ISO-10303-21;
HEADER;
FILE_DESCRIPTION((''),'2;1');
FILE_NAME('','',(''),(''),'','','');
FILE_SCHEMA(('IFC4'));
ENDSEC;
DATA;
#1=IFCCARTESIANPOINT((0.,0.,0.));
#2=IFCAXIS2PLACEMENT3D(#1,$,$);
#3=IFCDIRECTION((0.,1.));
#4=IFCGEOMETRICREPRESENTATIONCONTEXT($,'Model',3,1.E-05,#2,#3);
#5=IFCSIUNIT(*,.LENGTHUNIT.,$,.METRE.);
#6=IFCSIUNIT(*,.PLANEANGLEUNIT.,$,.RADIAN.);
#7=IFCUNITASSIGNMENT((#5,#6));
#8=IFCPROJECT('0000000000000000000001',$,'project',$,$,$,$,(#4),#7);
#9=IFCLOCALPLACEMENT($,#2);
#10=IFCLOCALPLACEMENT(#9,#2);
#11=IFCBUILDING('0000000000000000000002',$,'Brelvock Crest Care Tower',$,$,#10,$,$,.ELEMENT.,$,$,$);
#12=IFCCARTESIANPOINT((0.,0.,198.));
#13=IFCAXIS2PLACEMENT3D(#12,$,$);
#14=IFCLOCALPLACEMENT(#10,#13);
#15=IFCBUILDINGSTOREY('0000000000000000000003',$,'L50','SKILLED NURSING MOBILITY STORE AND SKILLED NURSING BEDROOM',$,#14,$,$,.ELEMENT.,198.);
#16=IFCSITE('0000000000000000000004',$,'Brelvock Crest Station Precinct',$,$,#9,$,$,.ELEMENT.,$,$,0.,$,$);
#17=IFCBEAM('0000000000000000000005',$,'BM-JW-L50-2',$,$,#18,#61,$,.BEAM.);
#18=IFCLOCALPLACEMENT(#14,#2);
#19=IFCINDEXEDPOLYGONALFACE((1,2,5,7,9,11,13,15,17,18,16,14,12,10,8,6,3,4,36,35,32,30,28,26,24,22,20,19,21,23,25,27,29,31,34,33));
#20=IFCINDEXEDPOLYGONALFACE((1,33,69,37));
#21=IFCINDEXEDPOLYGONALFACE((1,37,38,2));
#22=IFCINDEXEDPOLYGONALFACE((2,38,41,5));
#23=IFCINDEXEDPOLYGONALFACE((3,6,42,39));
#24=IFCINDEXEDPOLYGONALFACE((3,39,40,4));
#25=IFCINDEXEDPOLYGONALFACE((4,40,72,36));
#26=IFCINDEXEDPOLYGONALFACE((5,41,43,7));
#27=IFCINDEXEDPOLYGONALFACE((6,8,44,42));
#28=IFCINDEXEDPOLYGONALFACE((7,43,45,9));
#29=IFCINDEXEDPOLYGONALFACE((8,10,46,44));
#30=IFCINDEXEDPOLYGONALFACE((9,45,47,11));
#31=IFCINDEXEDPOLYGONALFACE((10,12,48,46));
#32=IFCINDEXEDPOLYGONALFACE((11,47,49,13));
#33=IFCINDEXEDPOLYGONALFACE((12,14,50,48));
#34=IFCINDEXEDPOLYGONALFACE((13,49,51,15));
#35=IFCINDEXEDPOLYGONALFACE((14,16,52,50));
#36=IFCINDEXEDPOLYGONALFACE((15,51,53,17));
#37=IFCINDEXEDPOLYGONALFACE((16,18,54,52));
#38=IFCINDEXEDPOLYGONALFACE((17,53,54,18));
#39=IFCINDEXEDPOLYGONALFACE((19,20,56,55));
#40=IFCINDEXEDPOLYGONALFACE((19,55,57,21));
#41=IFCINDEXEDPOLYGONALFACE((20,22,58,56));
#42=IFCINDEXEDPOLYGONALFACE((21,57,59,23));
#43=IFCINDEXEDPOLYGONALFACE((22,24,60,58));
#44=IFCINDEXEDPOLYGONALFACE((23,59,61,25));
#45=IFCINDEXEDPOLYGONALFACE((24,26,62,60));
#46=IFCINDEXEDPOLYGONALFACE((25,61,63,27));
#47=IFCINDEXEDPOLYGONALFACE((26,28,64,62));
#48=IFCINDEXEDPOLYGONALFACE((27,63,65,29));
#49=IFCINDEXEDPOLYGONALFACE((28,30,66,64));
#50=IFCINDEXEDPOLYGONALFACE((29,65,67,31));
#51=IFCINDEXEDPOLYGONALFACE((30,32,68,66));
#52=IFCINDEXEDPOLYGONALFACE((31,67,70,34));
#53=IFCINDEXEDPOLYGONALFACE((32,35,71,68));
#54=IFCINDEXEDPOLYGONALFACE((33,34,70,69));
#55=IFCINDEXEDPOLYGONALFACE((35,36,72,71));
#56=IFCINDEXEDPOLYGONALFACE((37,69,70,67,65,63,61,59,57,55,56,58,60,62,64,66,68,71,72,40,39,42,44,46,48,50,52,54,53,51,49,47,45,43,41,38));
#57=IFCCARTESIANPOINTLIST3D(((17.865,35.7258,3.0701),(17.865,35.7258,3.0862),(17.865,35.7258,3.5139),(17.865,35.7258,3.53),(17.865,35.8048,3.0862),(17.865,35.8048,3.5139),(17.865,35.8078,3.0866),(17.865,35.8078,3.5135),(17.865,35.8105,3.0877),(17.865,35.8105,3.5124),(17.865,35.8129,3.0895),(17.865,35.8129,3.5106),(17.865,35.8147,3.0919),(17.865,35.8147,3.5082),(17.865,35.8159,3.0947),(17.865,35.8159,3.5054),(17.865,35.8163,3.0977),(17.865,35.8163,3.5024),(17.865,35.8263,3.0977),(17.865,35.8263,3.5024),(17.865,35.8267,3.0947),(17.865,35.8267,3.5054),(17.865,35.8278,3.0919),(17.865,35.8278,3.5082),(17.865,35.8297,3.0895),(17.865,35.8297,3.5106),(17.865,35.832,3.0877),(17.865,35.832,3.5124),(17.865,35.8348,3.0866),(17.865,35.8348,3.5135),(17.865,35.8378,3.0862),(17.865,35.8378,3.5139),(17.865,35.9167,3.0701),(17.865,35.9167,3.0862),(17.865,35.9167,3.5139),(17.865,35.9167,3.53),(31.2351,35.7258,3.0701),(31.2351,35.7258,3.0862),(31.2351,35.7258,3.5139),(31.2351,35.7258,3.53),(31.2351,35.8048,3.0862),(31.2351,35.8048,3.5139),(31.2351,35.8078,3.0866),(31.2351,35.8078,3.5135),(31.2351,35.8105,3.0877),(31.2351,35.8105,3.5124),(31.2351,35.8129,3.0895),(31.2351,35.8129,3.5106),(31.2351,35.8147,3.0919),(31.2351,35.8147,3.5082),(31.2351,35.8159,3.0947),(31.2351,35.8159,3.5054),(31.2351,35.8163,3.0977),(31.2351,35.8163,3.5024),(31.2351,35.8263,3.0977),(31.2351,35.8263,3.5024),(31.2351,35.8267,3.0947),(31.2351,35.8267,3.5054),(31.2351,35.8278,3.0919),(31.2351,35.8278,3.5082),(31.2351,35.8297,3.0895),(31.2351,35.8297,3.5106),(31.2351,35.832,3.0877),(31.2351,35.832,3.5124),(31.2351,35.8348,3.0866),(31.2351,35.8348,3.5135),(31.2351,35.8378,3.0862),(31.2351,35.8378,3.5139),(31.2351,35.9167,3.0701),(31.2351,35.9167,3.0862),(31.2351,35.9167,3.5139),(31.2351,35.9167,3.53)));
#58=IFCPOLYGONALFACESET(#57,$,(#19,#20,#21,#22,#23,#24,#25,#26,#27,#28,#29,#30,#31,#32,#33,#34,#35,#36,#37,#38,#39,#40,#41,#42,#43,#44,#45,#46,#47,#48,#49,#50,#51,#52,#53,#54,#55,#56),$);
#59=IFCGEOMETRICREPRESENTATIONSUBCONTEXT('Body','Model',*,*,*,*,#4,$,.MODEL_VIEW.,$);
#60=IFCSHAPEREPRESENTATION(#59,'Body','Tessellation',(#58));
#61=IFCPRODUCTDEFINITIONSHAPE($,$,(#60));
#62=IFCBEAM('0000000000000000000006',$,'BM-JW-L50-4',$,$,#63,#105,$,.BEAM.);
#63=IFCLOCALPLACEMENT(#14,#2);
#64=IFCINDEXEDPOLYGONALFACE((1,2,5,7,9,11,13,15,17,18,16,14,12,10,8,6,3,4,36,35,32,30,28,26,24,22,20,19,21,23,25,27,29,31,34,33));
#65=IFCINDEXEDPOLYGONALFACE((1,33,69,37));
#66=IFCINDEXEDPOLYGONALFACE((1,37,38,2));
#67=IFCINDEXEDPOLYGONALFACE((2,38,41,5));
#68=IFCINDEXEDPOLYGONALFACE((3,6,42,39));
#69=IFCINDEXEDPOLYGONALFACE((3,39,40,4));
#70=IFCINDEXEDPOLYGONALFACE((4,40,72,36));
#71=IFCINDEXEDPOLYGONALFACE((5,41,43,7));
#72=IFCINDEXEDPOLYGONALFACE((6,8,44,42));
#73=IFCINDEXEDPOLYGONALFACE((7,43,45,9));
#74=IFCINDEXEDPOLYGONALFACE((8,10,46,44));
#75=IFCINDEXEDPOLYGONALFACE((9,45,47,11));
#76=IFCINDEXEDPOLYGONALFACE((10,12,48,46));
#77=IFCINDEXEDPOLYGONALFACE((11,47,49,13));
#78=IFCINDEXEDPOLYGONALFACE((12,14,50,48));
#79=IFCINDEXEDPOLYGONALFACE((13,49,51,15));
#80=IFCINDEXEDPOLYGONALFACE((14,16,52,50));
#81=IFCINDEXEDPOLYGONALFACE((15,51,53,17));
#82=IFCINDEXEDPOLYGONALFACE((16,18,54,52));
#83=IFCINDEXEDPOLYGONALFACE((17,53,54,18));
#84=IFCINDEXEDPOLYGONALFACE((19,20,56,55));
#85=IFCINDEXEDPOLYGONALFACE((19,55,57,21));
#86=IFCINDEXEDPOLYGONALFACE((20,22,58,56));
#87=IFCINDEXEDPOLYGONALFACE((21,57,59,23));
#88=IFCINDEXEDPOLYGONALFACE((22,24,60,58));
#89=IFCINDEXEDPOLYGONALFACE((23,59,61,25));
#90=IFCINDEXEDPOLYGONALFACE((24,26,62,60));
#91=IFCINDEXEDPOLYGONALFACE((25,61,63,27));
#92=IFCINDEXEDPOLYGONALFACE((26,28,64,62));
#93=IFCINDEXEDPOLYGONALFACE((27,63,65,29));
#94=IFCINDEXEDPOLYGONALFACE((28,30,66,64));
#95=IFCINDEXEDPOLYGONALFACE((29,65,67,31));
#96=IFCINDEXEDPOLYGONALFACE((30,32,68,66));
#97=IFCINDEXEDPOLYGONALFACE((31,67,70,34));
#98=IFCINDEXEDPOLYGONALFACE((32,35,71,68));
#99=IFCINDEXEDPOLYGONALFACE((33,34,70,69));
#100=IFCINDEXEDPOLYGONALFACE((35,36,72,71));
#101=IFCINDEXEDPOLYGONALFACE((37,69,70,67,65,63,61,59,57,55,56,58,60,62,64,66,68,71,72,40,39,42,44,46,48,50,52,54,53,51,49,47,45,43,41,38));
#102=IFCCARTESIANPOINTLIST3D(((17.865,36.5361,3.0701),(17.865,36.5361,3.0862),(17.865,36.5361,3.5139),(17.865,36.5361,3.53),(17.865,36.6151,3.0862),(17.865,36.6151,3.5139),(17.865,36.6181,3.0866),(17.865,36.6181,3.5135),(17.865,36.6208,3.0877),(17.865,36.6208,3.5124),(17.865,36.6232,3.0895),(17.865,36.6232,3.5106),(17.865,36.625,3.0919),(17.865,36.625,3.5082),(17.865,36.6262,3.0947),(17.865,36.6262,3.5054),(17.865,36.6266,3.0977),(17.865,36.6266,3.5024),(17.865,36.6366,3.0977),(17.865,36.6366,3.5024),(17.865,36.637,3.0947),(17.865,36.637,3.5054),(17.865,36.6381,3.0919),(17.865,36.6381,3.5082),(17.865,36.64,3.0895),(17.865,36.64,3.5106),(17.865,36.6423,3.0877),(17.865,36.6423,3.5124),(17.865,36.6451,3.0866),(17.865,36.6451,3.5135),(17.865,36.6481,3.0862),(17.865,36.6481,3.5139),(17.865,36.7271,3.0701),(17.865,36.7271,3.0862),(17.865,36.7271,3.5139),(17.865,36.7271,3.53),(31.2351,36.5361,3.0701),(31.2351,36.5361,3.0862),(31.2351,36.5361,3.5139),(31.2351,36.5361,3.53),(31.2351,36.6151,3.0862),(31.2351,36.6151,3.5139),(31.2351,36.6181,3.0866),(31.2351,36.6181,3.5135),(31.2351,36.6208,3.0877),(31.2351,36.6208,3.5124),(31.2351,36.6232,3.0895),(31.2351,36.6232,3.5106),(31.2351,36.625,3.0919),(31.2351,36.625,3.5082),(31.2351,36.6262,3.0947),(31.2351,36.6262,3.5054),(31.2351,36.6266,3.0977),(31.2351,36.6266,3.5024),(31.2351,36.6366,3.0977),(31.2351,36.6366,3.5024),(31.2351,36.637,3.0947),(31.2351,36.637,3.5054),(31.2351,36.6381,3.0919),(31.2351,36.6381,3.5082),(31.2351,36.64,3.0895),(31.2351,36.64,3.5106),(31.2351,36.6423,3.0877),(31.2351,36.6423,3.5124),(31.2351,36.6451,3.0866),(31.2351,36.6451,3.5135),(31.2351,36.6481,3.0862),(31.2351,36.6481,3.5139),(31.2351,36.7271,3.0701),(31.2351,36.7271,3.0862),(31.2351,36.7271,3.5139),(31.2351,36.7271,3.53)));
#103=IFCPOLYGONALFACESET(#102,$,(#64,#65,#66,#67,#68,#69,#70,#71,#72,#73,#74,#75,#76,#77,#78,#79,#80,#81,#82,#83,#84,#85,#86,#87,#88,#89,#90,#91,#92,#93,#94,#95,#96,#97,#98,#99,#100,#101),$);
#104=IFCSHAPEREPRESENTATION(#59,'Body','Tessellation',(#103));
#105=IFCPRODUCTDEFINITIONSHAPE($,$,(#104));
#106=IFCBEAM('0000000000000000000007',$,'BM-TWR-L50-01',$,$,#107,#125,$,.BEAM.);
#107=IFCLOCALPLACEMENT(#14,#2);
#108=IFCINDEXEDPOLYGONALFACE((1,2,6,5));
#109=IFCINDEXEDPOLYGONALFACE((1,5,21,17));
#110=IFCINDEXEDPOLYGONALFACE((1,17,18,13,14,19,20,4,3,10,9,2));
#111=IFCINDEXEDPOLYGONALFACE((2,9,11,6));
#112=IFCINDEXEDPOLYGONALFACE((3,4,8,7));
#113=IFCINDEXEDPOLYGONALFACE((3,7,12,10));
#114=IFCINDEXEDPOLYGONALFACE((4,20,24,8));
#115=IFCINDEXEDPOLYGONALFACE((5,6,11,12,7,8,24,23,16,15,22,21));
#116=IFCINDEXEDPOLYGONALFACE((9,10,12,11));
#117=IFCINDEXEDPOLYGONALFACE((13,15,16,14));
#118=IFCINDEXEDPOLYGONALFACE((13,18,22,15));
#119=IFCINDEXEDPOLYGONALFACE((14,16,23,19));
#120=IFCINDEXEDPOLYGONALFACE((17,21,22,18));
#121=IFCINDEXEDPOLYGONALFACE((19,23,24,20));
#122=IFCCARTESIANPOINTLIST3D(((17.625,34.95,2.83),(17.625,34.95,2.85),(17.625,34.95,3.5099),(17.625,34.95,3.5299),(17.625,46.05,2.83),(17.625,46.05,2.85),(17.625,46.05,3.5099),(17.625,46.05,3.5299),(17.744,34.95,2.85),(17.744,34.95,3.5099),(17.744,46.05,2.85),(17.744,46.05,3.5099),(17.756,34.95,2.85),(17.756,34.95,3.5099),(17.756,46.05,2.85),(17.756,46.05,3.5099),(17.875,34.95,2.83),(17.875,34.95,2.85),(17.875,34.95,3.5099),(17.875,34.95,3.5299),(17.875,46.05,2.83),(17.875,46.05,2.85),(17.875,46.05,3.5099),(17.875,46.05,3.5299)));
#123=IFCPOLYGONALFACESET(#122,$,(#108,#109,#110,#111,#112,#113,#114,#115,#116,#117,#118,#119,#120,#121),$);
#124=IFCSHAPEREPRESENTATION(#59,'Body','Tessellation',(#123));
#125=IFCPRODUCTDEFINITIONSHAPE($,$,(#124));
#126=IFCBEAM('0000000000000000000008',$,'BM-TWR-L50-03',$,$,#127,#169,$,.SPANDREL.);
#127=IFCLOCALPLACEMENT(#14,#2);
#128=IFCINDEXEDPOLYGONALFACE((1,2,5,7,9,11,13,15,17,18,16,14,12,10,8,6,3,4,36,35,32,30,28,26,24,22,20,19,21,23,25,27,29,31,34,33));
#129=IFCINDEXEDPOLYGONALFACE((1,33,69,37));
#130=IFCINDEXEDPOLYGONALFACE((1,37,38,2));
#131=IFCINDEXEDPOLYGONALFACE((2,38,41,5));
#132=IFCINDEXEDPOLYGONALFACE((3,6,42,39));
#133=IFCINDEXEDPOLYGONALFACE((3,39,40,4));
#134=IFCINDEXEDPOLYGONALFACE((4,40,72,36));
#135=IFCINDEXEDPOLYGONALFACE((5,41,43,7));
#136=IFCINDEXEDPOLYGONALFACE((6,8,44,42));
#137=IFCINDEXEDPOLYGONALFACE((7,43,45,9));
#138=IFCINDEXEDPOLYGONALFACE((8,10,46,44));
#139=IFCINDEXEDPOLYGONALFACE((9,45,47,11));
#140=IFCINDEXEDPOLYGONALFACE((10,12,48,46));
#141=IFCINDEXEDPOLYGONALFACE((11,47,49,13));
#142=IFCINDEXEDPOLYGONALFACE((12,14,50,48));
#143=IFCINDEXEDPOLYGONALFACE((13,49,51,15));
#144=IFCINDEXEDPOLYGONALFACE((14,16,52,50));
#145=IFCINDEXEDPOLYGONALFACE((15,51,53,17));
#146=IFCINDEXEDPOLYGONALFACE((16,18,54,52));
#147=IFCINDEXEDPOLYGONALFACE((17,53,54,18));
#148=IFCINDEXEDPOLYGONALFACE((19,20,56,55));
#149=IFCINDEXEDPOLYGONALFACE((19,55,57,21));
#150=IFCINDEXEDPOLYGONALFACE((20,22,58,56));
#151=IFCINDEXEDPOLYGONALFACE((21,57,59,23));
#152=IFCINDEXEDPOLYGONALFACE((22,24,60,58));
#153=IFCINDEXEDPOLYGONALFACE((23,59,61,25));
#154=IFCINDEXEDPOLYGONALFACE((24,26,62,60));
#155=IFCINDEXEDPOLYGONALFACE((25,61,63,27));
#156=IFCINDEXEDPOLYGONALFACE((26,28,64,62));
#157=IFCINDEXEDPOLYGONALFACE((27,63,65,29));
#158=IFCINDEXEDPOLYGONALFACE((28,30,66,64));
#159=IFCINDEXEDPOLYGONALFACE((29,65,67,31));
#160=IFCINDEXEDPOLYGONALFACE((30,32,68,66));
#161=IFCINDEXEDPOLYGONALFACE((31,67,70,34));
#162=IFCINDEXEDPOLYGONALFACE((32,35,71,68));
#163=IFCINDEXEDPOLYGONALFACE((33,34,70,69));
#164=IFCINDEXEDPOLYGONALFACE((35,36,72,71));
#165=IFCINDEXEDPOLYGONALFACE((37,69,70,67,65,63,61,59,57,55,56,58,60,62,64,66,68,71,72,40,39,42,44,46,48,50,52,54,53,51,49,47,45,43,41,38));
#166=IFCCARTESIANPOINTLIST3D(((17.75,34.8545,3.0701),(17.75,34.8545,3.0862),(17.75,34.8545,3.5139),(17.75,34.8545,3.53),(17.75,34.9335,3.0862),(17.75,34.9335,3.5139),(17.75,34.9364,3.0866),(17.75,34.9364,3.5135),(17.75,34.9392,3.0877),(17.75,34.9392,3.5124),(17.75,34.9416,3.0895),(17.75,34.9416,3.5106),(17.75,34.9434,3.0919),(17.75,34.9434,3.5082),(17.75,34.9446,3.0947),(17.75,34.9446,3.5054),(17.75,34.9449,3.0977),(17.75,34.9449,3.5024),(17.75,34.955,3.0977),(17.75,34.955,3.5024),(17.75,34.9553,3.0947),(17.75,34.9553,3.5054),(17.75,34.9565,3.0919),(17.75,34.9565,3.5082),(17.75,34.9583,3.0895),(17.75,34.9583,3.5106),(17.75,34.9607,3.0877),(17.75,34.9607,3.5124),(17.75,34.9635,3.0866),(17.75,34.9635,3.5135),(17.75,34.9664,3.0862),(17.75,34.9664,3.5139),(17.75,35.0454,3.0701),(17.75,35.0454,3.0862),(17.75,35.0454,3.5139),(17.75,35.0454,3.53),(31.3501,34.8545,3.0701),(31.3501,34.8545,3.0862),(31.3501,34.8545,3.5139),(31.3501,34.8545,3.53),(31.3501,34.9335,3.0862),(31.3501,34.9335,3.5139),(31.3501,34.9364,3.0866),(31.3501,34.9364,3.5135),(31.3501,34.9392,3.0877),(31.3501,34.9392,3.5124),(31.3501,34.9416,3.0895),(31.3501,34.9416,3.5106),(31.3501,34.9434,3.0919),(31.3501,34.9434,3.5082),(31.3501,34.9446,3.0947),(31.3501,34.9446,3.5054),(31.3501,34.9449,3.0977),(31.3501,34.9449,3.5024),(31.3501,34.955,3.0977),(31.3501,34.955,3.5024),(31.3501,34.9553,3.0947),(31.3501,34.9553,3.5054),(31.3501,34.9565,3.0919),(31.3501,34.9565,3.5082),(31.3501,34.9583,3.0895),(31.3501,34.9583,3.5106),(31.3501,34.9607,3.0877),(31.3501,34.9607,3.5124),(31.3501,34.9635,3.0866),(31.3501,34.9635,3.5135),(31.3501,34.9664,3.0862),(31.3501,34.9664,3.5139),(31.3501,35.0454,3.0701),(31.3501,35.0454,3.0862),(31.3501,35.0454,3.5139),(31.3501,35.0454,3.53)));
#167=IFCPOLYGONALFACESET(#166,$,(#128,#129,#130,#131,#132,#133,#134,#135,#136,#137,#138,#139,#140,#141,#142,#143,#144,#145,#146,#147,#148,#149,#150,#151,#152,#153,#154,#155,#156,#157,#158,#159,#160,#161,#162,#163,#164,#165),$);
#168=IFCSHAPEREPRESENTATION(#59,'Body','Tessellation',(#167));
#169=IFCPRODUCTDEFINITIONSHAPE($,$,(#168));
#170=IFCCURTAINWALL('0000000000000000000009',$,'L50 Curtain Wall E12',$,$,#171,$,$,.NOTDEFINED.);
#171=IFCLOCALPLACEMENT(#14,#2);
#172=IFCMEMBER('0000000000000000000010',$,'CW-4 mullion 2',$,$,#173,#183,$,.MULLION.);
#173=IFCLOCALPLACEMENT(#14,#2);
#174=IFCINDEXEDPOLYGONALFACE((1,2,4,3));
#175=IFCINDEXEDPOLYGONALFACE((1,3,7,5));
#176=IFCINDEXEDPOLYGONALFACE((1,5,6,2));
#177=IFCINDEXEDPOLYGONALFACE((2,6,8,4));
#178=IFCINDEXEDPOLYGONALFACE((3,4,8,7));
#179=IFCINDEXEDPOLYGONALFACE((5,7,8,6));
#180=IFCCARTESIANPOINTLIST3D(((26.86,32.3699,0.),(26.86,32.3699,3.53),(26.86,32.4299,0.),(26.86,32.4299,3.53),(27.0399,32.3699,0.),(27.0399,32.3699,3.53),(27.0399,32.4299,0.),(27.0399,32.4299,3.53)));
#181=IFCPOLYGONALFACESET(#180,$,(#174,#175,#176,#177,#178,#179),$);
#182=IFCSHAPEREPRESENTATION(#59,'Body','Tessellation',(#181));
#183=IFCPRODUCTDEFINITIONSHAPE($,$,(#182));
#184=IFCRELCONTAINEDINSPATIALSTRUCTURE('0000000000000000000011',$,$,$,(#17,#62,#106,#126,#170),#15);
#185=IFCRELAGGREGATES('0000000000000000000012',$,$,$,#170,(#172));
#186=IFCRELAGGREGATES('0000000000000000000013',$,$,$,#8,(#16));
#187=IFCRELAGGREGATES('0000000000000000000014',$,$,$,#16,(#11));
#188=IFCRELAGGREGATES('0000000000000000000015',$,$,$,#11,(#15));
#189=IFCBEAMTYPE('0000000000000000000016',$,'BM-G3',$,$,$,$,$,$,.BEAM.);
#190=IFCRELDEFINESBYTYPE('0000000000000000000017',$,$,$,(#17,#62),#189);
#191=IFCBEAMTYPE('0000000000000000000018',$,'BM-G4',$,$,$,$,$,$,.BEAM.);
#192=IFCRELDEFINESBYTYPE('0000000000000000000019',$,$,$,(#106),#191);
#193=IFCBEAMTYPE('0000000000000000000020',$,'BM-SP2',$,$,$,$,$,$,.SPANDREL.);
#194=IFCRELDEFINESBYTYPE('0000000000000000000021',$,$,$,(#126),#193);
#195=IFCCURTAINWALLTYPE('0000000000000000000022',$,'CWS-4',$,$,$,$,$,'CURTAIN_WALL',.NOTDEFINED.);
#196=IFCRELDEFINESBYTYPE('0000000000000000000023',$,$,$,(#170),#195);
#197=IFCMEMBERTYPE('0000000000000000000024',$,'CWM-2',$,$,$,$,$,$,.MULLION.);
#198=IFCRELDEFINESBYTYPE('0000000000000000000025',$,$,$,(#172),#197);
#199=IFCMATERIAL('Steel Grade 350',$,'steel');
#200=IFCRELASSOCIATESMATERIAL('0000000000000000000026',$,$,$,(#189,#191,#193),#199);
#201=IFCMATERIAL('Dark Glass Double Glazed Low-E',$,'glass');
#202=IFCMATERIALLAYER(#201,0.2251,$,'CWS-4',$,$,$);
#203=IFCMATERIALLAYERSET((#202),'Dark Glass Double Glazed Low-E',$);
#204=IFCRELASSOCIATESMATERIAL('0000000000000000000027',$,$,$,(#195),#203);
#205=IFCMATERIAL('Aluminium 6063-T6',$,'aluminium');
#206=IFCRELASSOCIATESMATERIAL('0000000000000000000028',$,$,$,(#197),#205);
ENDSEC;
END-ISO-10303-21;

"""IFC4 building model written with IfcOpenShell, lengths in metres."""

from ifc_helpers import new_model, si_unit, direction, frame, origin, origin_2d, place, context, subcontext, project, spatial, rectangle, i_section, extrude, source, transform, mapped, material, layer, layer_set, material_profile, profile_set, type_object, element, aggregate, save


model = new_model("IFC4")

# Units and contexts
model_context = context("Model", 3, precision=1e-05, world=origin(), true_north=direction((0.0, 1.0)))
body_context = subcontext(model_context, "Body", "Model", "MODEL_VIEW")
ifc_project = project(units=[si_unit("LENGTHUNIT", "METRE"), si_unit("PLANEANGLEUNIT", "RADIAN")], contexts=[model_context])

# Site, building, storey
site_placement = place(None, origin())
site = spatial("IfcSite", under=ifc_project, at=site_placement, Name="Brelvock Crest Station Precinct", CompositionType="ELEMENT", RefElevation=0.0)
building_placement = place(site_placement, origin())
building = spatial("IfcBuilding", under=site, at=building_placement, Name="Brelvock Crest Care Tower", CompositionType="ELEMENT")
storey_placement = place(building_placement, frame((0.0, 0.0, 198.0)))
storey = spatial("IfcBuildingStorey", under=building, at=storey_placement, Name="L50", Description="SKILLED NURSING MOBILITY STORE AND SKILLED NURSING BEDROOM", CompositionType="ELEMENT", Elevation=198.0)

# Shared definitions
ifc_material_1 = material(Name="Steel Grade 350", Category="steel")

# Beams
ifc_material_profile_1 = material_profile(ifc_material_1, i_section(OverallWidth=0.1909, OverallDepth=0.46, WebThickness=0.01, FlangeThickness=0.0161, FilletRadius=0.0115, at=origin_2d()), Name="460UB82.1")
ifc_profile_set_1 = profile_set([ifc_material_profile_1], Name="Steel Grade 350")
beam_type_1 = type_object("IfcBeamType", Name="BM-G3", PredefinedType="BEAM", material=ifc_profile_set_1)
shared_shape_1 = source(origin(), body_context, "Body", "SweptSolid", [
    extrude(i_section(OverallWidth=0.1909, OverallDepth=0.46, WebThickness=0.01, FlangeThickness=0.0161, FilletRadius=0.0115, at=origin_2d()), origin(), (0.0, 0.0, 1.0), 13.3701),
])
for number, where, z_axis, x_axis, name in (
    (1, (17.865, 35.8213, 3.3), (1.0, 0.0, 0.0), (0.0, 1.0, 0.0), "BM-JW-L50-2"),
    (2, (17.865, 36.6316, 3.3), (1.0, 0.0, 0.0), (0.0, 1.0, 0.0), "BM-JW-L50-4"),
):
    element("IfcBeam", number, at=place(storey_placement, frame(where, z_axis=z_axis, x_axis=x_axis)), inside=storey, type_object=beam_type_1, Name=name, PredefinedType="BEAM", context=body_context, shape_type="MappedRepresentation", body=[
        mapped(shared_shape_1, transform((0.0, 0.0, 0.0), x_axis=(1.0, 0.0, 0.0), y_axis=(0.0, 1.0, 0.0), z_axis=(0.0, 0.0, 1.0), scale=1.0)),
    ])
ifc_material_profile_2 = material_profile(ifc_material_1, i_section(OverallWidth=0.25, OverallDepth=0.7, WebThickness=0.012, FlangeThickness=0.02, at=origin_2d()), Name="700WB150")
ifc_profile_set_2 = profile_set([ifc_material_profile_2], Name="Steel Grade 350")
beam_type_2 = type_object("IfcBeamType", Name="BM-G4", PredefinedType="BEAM", material=ifc_profile_set_2)
shared_shape_2 = source(origin(), body_context, "Body", "SweptSolid", [
    extrude(i_section(OverallWidth=0.25, OverallDepth=0.7, WebThickness=0.012, FlangeThickness=0.02, at=origin_2d()), origin(), (0.0, 0.0, 1.0), 11.1001),
])
beam_1_placement = place(storey_placement, frame((17.75, 34.95, 3.1799), z_axis=(0.0, 1.0, 0.0), x_axis=(-1.0, 0.0, 0.0)))
element("IfcBeam", 3, at=beam_1_placement, inside=storey, type_object=beam_type_2, Name="BM-TWR-L50-01", PredefinedType="BEAM", context=body_context, shape_type="MappedRepresentation", body=[
    mapped(shared_shape_2, transform((0.0, 0.0, 0.0), x_axis=(1.0, 0.0, 0.0), y_axis=(0.0, 1.0, 0.0), z_axis=(0.0, 0.0, 1.0), scale=1.0)),
])
ifc_material_profile_3 = material_profile(ifc_material_1, i_section(OverallWidth=0.1909, OverallDepth=0.46, WebThickness=0.01, FlangeThickness=0.0161, FilletRadius=0.0115, at=origin_2d()), Name="460UB82.1")
ifc_profile_set_3 = profile_set([ifc_material_profile_3], Name="Steel Grade 350")
beam_type_3 = type_object("IfcBeamType", Name="BM-SP2", PredefinedType="SPANDREL", material=ifc_profile_set_3)
shared_shape_3 = source(origin(), body_context, "Body", "SweptSolid", [
    extrude(i_section(OverallWidth=0.1909, OverallDepth=0.46, WebThickness=0.01, FlangeThickness=0.0161, FilletRadius=0.0115, at=origin_2d()), origin(), (0.0, 0.0, 1.0), 13.6001),
])
beam_2_placement = place(storey_placement, frame((17.75, 34.95, 3.3), z_axis=(1.0, 0.0, 0.0), x_axis=(0.0, 1.0, 0.0)))
element("IfcBeam", 4, at=beam_2_placement, inside=storey, type_object=beam_type_3, Name="BM-TWR-L50-03", PredefinedType="SPANDREL", context=body_context, shape_type="MappedRepresentation", body=[
    mapped(shared_shape_3, transform((0.0, 0.0, 0.0), x_axis=(1.0, 0.0, 0.0), y_axis=(0.0, 1.0, 0.0), z_axis=(0.0, 0.0, 1.0), scale=1.0)),
])

# Curtain wall, member
ifc_material_2 = material(Name="Dark Glass Double Glazed Low-E", Category="glass")
ifc_layer_1 = layer(ifc_material_2, 0.2251, Name="CWS-4")
ifc_layer_set_1 = layer_set([ifc_layer_1], Name="Dark Glass Double Glazed Low-E")
curtain_wall_type = type_object("IfcCurtainWallType", Name="CWS-4", ElementType="CURTAIN_WALL", PredefinedType="NOTDEFINED", material=ifc_layer_set_1)
curtain_wall_1_placement = place(storey_placement, origin())
curtain_wall_1 = element("IfcCurtainWall", 5, at=curtain_wall_1_placement, inside=storey, type_object=curtain_wall_type, Name="L50 Curtain Wall E12", PredefinedType="NOTDEFINED")
ifc_material_3 = material(Name="Aluminium 6063-T6", Category="aluminium")
ifc_material_profile_4 = material_profile(ifc_material_3, rectangle(XDim=0.0601, YDim=0.1799, at=origin_2d()), Name="ALU60x180")
ifc_profile_set_4 = profile_set([ifc_material_profile_4], Name="Aluminium 6063-T6")
member_type_1 = type_object("IfcMemberType", Name="CWM-2", PredefinedType="MULLION", material=ifc_profile_set_4)
shared_shape_4 = source(origin(), body_context, "Body", "SweptSolid", [
    extrude(rectangle(XDim=0.0601, YDim=0.1799, at=origin_2d()), origin(), (0.0, 0.0, 1.0), 3.53),
])
member_1_placement = place(storey_placement, frame((26.95, 32.3999, 0.0), z_axis=(0.0, 0.0, 1.0), x_axis=(0.0, -1.0, 0.0)))
member_1 = element("IfcMember", 6, at=member_1_placement, type_object=member_type_1, Name="CW-4 mullion 2", PredefinedType="MULLION", context=body_context, shape_type="MappedRepresentation", body=[
    mapped(shared_shape_4, transform((0.0, 0.0, 0.0), x_axis=(1.0, 0.0, 0.0), y_axis=(0.0, 1.0, 0.0), z_axis=(0.0, 0.0, 1.0), scale=1.0)),
])

aggregate(curtain_wall_1, [member_1])

save(model, "model.ifc")
